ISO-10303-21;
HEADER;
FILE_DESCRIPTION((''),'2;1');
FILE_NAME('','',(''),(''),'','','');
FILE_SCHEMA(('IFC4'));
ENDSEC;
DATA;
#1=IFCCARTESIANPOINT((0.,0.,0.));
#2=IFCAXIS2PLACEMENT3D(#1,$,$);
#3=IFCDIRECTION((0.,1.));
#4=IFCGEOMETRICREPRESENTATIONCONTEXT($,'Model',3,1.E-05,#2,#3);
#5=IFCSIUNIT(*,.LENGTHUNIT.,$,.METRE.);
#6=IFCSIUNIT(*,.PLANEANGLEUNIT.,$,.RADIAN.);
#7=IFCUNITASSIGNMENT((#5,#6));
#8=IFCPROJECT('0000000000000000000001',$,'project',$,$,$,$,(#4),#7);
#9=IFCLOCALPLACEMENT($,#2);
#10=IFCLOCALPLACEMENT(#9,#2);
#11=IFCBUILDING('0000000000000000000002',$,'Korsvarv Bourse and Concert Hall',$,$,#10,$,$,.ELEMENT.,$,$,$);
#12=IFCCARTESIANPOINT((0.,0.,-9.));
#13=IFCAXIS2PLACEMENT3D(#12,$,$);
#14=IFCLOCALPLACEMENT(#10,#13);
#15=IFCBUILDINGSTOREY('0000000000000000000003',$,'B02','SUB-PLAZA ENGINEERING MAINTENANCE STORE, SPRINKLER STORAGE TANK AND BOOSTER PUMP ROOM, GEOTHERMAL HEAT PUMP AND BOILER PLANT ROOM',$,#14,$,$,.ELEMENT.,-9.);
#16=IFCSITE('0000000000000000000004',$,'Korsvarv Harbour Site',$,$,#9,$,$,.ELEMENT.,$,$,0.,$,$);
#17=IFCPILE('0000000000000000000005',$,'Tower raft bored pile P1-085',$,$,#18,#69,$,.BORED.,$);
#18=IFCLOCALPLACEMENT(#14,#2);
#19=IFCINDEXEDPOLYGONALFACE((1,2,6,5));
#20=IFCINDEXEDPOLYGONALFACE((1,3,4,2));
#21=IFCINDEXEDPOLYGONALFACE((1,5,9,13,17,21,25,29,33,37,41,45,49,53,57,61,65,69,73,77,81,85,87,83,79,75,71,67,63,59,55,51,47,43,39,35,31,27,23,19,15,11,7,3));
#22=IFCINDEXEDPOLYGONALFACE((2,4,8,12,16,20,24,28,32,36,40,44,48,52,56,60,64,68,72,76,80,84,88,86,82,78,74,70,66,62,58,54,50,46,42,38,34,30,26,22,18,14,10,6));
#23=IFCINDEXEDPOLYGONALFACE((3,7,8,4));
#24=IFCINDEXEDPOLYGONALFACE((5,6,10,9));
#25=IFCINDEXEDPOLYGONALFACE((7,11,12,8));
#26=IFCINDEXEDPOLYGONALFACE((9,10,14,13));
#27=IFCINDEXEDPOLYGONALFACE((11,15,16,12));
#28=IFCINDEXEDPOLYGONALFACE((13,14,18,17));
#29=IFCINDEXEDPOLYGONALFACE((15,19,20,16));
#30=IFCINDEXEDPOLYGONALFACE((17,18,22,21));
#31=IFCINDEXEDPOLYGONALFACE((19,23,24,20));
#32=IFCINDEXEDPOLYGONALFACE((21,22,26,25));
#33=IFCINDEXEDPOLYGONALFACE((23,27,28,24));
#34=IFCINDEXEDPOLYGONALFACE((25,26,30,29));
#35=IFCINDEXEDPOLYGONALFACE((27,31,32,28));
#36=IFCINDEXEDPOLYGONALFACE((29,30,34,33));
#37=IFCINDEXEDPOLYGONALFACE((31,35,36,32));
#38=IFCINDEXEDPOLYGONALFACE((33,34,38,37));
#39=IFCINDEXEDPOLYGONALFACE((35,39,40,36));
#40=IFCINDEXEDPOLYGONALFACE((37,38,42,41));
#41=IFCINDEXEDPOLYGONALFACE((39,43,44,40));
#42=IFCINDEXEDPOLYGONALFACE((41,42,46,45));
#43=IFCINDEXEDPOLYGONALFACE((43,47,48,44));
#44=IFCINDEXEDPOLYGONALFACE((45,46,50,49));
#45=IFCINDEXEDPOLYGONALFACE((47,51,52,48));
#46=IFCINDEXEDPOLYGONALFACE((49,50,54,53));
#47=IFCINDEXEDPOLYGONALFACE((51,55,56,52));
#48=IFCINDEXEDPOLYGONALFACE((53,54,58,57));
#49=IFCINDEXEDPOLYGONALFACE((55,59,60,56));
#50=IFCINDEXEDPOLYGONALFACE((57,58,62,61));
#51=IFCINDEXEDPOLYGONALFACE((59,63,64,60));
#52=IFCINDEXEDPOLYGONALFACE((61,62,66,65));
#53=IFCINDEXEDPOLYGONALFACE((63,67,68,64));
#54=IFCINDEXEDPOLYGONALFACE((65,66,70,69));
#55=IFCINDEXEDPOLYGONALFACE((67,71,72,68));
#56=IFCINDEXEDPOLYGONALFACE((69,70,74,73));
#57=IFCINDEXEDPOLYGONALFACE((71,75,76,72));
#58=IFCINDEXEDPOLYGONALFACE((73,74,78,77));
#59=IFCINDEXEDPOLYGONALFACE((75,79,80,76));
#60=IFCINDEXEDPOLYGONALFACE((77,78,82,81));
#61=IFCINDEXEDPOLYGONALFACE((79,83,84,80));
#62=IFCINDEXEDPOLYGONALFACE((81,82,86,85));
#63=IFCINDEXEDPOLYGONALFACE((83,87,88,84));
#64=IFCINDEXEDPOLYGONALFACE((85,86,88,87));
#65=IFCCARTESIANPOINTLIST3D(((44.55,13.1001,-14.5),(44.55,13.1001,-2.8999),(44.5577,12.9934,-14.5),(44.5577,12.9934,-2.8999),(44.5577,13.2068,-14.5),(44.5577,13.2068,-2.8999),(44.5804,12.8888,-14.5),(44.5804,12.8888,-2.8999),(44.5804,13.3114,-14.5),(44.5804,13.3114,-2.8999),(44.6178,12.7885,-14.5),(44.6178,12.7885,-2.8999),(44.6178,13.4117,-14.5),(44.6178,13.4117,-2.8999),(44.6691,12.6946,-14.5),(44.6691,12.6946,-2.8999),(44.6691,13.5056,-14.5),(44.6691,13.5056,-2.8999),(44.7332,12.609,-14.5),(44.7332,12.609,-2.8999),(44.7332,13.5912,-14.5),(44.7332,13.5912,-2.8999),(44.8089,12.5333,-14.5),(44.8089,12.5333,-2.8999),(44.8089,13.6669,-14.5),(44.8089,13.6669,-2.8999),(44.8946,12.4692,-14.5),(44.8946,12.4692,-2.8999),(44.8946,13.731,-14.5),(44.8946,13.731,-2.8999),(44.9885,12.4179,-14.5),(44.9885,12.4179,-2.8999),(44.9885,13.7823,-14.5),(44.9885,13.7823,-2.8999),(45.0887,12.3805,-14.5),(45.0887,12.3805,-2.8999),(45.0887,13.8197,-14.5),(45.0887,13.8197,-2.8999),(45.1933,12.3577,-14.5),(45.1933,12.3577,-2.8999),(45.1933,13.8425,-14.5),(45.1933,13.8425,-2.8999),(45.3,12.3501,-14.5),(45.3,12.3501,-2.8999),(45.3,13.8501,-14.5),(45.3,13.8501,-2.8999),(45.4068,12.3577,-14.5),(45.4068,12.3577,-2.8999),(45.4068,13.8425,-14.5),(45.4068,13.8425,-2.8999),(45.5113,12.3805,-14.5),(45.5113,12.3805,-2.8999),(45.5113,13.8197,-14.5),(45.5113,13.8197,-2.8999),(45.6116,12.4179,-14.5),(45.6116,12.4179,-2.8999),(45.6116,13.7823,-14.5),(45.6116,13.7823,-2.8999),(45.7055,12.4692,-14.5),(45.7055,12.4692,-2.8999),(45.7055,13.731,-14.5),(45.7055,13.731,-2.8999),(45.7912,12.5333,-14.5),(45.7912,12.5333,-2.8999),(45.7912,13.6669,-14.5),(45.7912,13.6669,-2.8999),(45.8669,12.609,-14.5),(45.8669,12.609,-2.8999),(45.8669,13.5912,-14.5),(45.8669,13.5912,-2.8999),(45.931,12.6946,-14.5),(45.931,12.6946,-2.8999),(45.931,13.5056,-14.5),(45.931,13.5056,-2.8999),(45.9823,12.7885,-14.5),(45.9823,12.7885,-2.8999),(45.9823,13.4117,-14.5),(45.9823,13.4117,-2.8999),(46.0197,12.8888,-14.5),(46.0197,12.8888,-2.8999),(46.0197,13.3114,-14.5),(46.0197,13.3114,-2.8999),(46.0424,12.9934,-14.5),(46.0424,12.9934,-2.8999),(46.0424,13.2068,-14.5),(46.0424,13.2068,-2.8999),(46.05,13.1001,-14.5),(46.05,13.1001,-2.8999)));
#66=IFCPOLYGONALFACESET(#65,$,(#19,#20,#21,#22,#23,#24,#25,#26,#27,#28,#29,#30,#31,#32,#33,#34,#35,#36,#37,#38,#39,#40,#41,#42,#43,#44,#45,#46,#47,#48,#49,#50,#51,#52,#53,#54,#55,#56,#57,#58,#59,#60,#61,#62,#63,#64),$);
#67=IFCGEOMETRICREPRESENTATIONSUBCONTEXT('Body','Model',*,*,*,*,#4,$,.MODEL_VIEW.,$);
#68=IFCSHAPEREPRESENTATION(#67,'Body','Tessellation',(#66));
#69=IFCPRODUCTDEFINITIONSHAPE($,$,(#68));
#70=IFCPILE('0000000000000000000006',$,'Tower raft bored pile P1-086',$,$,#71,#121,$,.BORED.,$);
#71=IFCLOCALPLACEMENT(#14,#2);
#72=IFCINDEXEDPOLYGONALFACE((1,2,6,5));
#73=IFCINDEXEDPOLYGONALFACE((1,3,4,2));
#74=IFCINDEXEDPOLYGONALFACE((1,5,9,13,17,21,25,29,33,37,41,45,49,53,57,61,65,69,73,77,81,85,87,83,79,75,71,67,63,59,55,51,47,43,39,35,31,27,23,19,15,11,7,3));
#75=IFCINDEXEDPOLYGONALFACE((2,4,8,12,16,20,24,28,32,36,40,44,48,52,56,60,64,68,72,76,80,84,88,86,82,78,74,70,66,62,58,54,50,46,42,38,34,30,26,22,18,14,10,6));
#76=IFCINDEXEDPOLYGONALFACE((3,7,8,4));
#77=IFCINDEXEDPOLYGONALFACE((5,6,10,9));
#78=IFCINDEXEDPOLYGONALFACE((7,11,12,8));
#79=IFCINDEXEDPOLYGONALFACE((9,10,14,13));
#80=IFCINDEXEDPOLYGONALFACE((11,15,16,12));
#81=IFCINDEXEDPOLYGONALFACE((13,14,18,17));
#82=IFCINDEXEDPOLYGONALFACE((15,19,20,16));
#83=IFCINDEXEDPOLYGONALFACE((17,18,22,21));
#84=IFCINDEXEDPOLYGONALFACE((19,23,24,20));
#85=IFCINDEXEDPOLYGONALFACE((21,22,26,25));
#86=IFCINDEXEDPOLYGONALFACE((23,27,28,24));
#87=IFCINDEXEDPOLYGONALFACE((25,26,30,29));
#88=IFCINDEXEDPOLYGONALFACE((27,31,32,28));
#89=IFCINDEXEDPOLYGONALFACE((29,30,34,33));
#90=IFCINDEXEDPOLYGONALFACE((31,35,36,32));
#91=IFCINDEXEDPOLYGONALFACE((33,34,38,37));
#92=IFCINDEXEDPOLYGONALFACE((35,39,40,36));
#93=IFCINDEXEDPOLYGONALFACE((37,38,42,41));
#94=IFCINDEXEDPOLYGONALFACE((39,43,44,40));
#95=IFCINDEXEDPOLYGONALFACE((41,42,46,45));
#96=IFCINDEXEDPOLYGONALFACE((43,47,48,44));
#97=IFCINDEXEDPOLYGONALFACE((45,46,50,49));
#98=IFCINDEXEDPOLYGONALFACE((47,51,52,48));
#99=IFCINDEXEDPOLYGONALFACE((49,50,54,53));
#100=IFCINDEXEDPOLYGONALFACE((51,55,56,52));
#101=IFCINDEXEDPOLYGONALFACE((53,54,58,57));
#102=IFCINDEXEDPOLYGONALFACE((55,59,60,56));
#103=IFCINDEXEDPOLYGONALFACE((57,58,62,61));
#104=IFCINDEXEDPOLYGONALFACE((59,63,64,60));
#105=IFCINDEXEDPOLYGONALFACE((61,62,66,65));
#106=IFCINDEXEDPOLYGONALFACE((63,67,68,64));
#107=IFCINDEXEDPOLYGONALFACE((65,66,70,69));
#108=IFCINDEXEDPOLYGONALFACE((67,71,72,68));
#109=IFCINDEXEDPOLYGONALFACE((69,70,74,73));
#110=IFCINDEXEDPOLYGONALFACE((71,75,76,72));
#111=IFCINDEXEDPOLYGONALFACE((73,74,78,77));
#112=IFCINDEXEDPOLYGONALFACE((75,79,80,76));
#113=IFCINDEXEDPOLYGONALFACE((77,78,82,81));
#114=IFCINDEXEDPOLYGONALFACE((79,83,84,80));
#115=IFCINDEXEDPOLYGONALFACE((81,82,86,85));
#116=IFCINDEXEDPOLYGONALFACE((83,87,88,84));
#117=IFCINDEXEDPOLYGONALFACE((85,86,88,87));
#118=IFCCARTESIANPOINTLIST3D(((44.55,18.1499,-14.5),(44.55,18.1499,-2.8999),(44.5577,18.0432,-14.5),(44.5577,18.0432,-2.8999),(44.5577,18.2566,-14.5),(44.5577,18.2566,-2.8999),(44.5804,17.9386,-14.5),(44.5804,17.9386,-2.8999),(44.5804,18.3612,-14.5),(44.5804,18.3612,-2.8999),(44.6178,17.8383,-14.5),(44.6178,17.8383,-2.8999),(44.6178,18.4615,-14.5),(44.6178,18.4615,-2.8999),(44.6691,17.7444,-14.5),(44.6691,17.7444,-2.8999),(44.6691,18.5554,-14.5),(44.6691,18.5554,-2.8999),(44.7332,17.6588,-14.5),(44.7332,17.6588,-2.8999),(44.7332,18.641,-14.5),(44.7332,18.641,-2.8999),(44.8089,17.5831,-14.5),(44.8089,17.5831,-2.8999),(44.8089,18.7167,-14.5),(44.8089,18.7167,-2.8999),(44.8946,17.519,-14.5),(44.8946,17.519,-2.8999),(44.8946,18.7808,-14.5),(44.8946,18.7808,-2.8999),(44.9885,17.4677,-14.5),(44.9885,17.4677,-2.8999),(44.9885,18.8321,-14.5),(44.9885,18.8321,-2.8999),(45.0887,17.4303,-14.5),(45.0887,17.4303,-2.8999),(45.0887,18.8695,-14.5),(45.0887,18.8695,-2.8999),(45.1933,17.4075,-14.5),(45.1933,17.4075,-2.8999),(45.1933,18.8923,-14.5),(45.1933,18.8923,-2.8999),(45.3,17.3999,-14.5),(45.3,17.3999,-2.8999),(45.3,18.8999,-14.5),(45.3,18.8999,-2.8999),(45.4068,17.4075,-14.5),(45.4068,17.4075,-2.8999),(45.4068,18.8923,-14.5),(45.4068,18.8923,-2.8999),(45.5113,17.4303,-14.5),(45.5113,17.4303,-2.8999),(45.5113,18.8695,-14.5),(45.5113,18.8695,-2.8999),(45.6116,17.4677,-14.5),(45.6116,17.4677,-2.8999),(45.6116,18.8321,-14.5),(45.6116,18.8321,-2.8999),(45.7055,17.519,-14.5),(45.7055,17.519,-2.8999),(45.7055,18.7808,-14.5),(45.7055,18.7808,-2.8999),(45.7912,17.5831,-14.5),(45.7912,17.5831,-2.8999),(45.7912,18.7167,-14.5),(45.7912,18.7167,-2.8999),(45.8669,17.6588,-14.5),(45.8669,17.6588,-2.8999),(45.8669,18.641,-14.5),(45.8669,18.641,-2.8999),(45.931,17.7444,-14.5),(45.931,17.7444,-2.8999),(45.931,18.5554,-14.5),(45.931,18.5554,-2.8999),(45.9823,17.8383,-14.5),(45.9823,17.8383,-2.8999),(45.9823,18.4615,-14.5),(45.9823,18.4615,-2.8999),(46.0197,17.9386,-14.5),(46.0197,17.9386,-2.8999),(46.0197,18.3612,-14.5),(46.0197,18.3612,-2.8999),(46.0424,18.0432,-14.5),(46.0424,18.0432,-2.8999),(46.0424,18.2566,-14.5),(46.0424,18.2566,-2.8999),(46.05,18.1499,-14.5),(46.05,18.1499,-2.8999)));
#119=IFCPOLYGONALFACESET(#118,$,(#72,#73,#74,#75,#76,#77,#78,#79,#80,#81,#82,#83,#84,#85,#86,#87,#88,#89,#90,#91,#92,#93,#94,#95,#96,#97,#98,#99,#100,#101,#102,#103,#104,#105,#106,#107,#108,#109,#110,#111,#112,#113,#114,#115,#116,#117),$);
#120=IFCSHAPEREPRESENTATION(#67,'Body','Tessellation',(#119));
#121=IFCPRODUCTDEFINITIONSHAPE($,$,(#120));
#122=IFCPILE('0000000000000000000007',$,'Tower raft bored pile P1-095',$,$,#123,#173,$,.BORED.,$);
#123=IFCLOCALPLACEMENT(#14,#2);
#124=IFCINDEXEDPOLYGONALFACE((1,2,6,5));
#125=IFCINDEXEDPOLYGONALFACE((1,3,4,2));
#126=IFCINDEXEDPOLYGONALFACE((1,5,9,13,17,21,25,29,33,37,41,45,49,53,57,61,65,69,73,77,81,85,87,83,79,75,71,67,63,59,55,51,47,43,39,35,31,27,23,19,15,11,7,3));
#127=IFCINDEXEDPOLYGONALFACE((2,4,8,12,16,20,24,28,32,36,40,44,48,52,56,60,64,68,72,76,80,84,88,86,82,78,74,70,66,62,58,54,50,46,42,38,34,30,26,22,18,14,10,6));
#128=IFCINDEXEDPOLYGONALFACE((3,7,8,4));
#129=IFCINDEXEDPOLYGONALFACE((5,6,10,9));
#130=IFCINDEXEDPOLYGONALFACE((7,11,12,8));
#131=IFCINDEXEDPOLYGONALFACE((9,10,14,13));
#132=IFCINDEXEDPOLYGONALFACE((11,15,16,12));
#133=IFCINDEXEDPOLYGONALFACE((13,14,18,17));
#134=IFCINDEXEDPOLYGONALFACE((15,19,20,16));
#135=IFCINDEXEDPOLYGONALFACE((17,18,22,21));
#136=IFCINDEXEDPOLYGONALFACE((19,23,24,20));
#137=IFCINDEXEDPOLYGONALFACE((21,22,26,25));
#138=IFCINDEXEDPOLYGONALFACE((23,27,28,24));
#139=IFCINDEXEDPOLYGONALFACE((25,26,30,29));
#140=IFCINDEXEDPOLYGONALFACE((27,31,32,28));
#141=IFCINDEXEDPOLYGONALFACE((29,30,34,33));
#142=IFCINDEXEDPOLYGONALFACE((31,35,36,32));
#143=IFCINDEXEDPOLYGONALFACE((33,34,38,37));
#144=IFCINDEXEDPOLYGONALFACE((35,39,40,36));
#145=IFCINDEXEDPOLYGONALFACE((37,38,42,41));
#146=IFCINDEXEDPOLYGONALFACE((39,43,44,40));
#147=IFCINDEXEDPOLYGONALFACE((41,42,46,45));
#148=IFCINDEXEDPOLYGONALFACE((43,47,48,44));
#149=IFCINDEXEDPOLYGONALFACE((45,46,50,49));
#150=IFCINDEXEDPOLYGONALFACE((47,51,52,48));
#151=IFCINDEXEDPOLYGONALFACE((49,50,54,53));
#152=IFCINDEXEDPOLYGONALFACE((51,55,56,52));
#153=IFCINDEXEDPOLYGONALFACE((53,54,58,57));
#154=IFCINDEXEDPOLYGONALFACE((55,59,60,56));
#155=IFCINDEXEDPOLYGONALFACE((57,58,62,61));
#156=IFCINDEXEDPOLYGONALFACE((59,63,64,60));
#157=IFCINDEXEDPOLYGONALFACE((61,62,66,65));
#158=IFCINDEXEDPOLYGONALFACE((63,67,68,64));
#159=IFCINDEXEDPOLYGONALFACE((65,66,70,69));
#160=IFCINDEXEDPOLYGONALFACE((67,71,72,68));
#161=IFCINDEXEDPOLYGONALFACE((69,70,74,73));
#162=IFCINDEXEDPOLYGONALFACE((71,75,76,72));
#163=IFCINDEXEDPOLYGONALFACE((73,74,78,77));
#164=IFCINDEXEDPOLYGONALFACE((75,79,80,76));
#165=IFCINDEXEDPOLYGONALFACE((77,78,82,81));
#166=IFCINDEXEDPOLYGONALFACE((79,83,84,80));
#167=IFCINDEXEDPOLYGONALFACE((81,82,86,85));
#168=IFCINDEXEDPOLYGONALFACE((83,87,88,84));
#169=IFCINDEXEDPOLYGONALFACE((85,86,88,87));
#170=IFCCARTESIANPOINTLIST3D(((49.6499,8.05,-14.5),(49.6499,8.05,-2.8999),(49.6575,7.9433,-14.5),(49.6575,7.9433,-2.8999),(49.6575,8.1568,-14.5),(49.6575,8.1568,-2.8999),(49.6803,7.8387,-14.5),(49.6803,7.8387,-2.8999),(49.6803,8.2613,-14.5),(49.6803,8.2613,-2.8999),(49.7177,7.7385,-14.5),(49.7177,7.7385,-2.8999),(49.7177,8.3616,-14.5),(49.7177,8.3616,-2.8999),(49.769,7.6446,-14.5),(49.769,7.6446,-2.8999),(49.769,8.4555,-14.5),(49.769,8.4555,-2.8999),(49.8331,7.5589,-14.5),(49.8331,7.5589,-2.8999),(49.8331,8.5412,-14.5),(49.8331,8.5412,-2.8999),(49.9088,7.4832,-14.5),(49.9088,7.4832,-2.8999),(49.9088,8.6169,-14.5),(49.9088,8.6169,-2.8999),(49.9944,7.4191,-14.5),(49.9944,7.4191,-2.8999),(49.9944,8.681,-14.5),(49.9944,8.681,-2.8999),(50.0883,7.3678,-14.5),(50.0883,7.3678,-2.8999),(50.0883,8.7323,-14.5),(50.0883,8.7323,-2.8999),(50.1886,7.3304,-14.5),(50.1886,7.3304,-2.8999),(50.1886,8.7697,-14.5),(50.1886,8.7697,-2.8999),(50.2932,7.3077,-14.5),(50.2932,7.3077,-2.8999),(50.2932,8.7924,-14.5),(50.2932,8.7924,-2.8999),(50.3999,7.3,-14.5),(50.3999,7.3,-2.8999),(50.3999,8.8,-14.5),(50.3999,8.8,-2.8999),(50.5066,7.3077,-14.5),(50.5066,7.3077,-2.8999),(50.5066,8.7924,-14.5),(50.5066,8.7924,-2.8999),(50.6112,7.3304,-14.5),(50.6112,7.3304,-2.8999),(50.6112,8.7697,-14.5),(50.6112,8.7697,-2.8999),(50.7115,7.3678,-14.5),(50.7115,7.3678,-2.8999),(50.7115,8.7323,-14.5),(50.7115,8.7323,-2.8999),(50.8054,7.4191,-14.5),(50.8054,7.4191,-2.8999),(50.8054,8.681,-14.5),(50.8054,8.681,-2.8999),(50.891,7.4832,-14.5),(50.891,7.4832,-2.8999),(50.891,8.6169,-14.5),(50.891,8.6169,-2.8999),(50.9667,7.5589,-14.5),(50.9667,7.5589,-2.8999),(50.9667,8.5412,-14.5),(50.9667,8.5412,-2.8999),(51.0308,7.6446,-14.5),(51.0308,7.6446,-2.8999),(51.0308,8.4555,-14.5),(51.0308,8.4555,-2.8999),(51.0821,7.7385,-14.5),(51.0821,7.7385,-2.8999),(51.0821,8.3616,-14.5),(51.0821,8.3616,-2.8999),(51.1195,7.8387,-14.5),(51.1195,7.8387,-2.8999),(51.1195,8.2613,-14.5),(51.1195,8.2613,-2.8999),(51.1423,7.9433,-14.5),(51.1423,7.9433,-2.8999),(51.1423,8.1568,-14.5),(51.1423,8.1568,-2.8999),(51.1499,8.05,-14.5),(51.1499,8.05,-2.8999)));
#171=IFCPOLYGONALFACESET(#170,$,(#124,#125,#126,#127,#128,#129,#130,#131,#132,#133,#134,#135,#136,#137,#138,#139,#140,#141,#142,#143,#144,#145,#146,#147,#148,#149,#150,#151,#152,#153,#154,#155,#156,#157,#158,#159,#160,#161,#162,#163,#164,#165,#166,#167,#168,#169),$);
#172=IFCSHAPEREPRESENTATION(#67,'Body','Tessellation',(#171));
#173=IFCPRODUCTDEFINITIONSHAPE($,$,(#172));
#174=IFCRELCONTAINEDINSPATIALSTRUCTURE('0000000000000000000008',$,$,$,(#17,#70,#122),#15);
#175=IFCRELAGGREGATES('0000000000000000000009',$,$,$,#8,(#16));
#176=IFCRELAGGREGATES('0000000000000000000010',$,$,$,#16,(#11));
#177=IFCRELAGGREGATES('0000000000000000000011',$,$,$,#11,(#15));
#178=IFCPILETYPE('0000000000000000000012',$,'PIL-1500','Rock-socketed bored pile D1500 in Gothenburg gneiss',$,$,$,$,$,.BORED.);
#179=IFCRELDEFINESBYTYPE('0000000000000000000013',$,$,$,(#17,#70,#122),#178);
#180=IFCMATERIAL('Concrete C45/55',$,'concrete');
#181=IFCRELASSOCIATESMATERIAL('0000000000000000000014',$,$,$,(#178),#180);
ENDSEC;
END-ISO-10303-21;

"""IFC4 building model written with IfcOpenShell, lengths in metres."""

from ifc_helpers import new_model, si_unit, direction, frame, origin, origin_2d, place, context, subcontext, project, spatial, circle, extrude, source, transform, mapped, material, material_profile, profile_set, type_object, element, save


model = new_model("IFC4")

# Units and contexts
model_context = context("Model", 3, precision=1e-05, world=origin(), true_north=direction((0.0, 1.0)))
body_context = subcontext(model_context, "Body", "Model", "MODEL_VIEW")
ifc_project = project(units=[si_unit("LENGTHUNIT", "METRE"), si_unit("PLANEANGLEUNIT", "RADIAN")], contexts=[model_context])

# Site, building, storey
site_placement = place(None, origin())
site = spatial("IfcSite", under=ifc_project, at=site_placement, Name="Korsvarv Harbour Site", CompositionType="ELEMENT", RefElevation=0.0)
building_placement = place(site_placement, origin())
building = spatial("IfcBuilding", under=site, at=building_placement, Name="Korsvarv Bourse and Concert Hall", CompositionType="ELEMENT")
storey_placement = place(building_placement, frame((0.0, 0.0, -9.0)))
storey = spatial("IfcBuildingStorey", under=building, at=storey_placement, Name="B02", Description="SUB-PLAZA ENGINEERING MAINTENANCE STORE, SPRINKLER STORAGE TANK AND BOOSTER PUMP ROOM, GEOTHERMAL HEAT PUMP AND BOILER PLANT ROOM", CompositionType="ELEMENT", Elevation=-9.0)

# Piles
ifc_material_1 = material(Name="Concrete C45/55", Category="concrete")
ifc_material_profile_1 = material_profile(ifc_material_1, circle(Radius=0.75, at=origin_2d()), Name="PILE D1500")
ifc_profile_set_1 = profile_set([ifc_material_profile_1], Name="Concrete C45/55")
pile_type = type_object("IfcPileType", Name="PIL-1500", Description="Rock-socketed bored pile D1500 in Gothenburg gneiss", PredefinedType="BORED", material=ifc_profile_set_1)
shared_shape_1 = source(origin(), body_context, "Body", "SweptSolid", [
    extrude(circle(Radius=0.75, at=origin_2d()), origin(), (0.0, 0.0, 1.0), 11.6001),
])
for number, where, z_axis, x_axis, name in (
    (1, (45.3, 13.1001, -2.8999), (0.0, 0.0, -1.0), (1.0, 0.0, 0.0), "Tower raft bored pile P1-085"),
    (2, (45.3, 18.1499, -2.8999), (0.0, 0.0, -1.0), (1.0, 0.0, 0.0), "Tower raft bored pile P1-086"),
    (3, (50.3999, 8.05, -2.8999), (0.0, 0.0, -1.0), (1.0, 0.0, 0.0), "Tower raft bored pile P1-095"),
):
    element("IfcPile", number, at=place(storey_placement, frame(where, z_axis=z_axis, x_axis=x_axis)), inside=storey, type_object=pile_type, Name=name, PredefinedType="BORED", context=body_context, shape_type="MappedRepresentation", body=[
        mapped(shared_shape_1, transform((0.0, 0.0, 0.0), scale=1.0)),
    ])

save(model, "model.ifc")
